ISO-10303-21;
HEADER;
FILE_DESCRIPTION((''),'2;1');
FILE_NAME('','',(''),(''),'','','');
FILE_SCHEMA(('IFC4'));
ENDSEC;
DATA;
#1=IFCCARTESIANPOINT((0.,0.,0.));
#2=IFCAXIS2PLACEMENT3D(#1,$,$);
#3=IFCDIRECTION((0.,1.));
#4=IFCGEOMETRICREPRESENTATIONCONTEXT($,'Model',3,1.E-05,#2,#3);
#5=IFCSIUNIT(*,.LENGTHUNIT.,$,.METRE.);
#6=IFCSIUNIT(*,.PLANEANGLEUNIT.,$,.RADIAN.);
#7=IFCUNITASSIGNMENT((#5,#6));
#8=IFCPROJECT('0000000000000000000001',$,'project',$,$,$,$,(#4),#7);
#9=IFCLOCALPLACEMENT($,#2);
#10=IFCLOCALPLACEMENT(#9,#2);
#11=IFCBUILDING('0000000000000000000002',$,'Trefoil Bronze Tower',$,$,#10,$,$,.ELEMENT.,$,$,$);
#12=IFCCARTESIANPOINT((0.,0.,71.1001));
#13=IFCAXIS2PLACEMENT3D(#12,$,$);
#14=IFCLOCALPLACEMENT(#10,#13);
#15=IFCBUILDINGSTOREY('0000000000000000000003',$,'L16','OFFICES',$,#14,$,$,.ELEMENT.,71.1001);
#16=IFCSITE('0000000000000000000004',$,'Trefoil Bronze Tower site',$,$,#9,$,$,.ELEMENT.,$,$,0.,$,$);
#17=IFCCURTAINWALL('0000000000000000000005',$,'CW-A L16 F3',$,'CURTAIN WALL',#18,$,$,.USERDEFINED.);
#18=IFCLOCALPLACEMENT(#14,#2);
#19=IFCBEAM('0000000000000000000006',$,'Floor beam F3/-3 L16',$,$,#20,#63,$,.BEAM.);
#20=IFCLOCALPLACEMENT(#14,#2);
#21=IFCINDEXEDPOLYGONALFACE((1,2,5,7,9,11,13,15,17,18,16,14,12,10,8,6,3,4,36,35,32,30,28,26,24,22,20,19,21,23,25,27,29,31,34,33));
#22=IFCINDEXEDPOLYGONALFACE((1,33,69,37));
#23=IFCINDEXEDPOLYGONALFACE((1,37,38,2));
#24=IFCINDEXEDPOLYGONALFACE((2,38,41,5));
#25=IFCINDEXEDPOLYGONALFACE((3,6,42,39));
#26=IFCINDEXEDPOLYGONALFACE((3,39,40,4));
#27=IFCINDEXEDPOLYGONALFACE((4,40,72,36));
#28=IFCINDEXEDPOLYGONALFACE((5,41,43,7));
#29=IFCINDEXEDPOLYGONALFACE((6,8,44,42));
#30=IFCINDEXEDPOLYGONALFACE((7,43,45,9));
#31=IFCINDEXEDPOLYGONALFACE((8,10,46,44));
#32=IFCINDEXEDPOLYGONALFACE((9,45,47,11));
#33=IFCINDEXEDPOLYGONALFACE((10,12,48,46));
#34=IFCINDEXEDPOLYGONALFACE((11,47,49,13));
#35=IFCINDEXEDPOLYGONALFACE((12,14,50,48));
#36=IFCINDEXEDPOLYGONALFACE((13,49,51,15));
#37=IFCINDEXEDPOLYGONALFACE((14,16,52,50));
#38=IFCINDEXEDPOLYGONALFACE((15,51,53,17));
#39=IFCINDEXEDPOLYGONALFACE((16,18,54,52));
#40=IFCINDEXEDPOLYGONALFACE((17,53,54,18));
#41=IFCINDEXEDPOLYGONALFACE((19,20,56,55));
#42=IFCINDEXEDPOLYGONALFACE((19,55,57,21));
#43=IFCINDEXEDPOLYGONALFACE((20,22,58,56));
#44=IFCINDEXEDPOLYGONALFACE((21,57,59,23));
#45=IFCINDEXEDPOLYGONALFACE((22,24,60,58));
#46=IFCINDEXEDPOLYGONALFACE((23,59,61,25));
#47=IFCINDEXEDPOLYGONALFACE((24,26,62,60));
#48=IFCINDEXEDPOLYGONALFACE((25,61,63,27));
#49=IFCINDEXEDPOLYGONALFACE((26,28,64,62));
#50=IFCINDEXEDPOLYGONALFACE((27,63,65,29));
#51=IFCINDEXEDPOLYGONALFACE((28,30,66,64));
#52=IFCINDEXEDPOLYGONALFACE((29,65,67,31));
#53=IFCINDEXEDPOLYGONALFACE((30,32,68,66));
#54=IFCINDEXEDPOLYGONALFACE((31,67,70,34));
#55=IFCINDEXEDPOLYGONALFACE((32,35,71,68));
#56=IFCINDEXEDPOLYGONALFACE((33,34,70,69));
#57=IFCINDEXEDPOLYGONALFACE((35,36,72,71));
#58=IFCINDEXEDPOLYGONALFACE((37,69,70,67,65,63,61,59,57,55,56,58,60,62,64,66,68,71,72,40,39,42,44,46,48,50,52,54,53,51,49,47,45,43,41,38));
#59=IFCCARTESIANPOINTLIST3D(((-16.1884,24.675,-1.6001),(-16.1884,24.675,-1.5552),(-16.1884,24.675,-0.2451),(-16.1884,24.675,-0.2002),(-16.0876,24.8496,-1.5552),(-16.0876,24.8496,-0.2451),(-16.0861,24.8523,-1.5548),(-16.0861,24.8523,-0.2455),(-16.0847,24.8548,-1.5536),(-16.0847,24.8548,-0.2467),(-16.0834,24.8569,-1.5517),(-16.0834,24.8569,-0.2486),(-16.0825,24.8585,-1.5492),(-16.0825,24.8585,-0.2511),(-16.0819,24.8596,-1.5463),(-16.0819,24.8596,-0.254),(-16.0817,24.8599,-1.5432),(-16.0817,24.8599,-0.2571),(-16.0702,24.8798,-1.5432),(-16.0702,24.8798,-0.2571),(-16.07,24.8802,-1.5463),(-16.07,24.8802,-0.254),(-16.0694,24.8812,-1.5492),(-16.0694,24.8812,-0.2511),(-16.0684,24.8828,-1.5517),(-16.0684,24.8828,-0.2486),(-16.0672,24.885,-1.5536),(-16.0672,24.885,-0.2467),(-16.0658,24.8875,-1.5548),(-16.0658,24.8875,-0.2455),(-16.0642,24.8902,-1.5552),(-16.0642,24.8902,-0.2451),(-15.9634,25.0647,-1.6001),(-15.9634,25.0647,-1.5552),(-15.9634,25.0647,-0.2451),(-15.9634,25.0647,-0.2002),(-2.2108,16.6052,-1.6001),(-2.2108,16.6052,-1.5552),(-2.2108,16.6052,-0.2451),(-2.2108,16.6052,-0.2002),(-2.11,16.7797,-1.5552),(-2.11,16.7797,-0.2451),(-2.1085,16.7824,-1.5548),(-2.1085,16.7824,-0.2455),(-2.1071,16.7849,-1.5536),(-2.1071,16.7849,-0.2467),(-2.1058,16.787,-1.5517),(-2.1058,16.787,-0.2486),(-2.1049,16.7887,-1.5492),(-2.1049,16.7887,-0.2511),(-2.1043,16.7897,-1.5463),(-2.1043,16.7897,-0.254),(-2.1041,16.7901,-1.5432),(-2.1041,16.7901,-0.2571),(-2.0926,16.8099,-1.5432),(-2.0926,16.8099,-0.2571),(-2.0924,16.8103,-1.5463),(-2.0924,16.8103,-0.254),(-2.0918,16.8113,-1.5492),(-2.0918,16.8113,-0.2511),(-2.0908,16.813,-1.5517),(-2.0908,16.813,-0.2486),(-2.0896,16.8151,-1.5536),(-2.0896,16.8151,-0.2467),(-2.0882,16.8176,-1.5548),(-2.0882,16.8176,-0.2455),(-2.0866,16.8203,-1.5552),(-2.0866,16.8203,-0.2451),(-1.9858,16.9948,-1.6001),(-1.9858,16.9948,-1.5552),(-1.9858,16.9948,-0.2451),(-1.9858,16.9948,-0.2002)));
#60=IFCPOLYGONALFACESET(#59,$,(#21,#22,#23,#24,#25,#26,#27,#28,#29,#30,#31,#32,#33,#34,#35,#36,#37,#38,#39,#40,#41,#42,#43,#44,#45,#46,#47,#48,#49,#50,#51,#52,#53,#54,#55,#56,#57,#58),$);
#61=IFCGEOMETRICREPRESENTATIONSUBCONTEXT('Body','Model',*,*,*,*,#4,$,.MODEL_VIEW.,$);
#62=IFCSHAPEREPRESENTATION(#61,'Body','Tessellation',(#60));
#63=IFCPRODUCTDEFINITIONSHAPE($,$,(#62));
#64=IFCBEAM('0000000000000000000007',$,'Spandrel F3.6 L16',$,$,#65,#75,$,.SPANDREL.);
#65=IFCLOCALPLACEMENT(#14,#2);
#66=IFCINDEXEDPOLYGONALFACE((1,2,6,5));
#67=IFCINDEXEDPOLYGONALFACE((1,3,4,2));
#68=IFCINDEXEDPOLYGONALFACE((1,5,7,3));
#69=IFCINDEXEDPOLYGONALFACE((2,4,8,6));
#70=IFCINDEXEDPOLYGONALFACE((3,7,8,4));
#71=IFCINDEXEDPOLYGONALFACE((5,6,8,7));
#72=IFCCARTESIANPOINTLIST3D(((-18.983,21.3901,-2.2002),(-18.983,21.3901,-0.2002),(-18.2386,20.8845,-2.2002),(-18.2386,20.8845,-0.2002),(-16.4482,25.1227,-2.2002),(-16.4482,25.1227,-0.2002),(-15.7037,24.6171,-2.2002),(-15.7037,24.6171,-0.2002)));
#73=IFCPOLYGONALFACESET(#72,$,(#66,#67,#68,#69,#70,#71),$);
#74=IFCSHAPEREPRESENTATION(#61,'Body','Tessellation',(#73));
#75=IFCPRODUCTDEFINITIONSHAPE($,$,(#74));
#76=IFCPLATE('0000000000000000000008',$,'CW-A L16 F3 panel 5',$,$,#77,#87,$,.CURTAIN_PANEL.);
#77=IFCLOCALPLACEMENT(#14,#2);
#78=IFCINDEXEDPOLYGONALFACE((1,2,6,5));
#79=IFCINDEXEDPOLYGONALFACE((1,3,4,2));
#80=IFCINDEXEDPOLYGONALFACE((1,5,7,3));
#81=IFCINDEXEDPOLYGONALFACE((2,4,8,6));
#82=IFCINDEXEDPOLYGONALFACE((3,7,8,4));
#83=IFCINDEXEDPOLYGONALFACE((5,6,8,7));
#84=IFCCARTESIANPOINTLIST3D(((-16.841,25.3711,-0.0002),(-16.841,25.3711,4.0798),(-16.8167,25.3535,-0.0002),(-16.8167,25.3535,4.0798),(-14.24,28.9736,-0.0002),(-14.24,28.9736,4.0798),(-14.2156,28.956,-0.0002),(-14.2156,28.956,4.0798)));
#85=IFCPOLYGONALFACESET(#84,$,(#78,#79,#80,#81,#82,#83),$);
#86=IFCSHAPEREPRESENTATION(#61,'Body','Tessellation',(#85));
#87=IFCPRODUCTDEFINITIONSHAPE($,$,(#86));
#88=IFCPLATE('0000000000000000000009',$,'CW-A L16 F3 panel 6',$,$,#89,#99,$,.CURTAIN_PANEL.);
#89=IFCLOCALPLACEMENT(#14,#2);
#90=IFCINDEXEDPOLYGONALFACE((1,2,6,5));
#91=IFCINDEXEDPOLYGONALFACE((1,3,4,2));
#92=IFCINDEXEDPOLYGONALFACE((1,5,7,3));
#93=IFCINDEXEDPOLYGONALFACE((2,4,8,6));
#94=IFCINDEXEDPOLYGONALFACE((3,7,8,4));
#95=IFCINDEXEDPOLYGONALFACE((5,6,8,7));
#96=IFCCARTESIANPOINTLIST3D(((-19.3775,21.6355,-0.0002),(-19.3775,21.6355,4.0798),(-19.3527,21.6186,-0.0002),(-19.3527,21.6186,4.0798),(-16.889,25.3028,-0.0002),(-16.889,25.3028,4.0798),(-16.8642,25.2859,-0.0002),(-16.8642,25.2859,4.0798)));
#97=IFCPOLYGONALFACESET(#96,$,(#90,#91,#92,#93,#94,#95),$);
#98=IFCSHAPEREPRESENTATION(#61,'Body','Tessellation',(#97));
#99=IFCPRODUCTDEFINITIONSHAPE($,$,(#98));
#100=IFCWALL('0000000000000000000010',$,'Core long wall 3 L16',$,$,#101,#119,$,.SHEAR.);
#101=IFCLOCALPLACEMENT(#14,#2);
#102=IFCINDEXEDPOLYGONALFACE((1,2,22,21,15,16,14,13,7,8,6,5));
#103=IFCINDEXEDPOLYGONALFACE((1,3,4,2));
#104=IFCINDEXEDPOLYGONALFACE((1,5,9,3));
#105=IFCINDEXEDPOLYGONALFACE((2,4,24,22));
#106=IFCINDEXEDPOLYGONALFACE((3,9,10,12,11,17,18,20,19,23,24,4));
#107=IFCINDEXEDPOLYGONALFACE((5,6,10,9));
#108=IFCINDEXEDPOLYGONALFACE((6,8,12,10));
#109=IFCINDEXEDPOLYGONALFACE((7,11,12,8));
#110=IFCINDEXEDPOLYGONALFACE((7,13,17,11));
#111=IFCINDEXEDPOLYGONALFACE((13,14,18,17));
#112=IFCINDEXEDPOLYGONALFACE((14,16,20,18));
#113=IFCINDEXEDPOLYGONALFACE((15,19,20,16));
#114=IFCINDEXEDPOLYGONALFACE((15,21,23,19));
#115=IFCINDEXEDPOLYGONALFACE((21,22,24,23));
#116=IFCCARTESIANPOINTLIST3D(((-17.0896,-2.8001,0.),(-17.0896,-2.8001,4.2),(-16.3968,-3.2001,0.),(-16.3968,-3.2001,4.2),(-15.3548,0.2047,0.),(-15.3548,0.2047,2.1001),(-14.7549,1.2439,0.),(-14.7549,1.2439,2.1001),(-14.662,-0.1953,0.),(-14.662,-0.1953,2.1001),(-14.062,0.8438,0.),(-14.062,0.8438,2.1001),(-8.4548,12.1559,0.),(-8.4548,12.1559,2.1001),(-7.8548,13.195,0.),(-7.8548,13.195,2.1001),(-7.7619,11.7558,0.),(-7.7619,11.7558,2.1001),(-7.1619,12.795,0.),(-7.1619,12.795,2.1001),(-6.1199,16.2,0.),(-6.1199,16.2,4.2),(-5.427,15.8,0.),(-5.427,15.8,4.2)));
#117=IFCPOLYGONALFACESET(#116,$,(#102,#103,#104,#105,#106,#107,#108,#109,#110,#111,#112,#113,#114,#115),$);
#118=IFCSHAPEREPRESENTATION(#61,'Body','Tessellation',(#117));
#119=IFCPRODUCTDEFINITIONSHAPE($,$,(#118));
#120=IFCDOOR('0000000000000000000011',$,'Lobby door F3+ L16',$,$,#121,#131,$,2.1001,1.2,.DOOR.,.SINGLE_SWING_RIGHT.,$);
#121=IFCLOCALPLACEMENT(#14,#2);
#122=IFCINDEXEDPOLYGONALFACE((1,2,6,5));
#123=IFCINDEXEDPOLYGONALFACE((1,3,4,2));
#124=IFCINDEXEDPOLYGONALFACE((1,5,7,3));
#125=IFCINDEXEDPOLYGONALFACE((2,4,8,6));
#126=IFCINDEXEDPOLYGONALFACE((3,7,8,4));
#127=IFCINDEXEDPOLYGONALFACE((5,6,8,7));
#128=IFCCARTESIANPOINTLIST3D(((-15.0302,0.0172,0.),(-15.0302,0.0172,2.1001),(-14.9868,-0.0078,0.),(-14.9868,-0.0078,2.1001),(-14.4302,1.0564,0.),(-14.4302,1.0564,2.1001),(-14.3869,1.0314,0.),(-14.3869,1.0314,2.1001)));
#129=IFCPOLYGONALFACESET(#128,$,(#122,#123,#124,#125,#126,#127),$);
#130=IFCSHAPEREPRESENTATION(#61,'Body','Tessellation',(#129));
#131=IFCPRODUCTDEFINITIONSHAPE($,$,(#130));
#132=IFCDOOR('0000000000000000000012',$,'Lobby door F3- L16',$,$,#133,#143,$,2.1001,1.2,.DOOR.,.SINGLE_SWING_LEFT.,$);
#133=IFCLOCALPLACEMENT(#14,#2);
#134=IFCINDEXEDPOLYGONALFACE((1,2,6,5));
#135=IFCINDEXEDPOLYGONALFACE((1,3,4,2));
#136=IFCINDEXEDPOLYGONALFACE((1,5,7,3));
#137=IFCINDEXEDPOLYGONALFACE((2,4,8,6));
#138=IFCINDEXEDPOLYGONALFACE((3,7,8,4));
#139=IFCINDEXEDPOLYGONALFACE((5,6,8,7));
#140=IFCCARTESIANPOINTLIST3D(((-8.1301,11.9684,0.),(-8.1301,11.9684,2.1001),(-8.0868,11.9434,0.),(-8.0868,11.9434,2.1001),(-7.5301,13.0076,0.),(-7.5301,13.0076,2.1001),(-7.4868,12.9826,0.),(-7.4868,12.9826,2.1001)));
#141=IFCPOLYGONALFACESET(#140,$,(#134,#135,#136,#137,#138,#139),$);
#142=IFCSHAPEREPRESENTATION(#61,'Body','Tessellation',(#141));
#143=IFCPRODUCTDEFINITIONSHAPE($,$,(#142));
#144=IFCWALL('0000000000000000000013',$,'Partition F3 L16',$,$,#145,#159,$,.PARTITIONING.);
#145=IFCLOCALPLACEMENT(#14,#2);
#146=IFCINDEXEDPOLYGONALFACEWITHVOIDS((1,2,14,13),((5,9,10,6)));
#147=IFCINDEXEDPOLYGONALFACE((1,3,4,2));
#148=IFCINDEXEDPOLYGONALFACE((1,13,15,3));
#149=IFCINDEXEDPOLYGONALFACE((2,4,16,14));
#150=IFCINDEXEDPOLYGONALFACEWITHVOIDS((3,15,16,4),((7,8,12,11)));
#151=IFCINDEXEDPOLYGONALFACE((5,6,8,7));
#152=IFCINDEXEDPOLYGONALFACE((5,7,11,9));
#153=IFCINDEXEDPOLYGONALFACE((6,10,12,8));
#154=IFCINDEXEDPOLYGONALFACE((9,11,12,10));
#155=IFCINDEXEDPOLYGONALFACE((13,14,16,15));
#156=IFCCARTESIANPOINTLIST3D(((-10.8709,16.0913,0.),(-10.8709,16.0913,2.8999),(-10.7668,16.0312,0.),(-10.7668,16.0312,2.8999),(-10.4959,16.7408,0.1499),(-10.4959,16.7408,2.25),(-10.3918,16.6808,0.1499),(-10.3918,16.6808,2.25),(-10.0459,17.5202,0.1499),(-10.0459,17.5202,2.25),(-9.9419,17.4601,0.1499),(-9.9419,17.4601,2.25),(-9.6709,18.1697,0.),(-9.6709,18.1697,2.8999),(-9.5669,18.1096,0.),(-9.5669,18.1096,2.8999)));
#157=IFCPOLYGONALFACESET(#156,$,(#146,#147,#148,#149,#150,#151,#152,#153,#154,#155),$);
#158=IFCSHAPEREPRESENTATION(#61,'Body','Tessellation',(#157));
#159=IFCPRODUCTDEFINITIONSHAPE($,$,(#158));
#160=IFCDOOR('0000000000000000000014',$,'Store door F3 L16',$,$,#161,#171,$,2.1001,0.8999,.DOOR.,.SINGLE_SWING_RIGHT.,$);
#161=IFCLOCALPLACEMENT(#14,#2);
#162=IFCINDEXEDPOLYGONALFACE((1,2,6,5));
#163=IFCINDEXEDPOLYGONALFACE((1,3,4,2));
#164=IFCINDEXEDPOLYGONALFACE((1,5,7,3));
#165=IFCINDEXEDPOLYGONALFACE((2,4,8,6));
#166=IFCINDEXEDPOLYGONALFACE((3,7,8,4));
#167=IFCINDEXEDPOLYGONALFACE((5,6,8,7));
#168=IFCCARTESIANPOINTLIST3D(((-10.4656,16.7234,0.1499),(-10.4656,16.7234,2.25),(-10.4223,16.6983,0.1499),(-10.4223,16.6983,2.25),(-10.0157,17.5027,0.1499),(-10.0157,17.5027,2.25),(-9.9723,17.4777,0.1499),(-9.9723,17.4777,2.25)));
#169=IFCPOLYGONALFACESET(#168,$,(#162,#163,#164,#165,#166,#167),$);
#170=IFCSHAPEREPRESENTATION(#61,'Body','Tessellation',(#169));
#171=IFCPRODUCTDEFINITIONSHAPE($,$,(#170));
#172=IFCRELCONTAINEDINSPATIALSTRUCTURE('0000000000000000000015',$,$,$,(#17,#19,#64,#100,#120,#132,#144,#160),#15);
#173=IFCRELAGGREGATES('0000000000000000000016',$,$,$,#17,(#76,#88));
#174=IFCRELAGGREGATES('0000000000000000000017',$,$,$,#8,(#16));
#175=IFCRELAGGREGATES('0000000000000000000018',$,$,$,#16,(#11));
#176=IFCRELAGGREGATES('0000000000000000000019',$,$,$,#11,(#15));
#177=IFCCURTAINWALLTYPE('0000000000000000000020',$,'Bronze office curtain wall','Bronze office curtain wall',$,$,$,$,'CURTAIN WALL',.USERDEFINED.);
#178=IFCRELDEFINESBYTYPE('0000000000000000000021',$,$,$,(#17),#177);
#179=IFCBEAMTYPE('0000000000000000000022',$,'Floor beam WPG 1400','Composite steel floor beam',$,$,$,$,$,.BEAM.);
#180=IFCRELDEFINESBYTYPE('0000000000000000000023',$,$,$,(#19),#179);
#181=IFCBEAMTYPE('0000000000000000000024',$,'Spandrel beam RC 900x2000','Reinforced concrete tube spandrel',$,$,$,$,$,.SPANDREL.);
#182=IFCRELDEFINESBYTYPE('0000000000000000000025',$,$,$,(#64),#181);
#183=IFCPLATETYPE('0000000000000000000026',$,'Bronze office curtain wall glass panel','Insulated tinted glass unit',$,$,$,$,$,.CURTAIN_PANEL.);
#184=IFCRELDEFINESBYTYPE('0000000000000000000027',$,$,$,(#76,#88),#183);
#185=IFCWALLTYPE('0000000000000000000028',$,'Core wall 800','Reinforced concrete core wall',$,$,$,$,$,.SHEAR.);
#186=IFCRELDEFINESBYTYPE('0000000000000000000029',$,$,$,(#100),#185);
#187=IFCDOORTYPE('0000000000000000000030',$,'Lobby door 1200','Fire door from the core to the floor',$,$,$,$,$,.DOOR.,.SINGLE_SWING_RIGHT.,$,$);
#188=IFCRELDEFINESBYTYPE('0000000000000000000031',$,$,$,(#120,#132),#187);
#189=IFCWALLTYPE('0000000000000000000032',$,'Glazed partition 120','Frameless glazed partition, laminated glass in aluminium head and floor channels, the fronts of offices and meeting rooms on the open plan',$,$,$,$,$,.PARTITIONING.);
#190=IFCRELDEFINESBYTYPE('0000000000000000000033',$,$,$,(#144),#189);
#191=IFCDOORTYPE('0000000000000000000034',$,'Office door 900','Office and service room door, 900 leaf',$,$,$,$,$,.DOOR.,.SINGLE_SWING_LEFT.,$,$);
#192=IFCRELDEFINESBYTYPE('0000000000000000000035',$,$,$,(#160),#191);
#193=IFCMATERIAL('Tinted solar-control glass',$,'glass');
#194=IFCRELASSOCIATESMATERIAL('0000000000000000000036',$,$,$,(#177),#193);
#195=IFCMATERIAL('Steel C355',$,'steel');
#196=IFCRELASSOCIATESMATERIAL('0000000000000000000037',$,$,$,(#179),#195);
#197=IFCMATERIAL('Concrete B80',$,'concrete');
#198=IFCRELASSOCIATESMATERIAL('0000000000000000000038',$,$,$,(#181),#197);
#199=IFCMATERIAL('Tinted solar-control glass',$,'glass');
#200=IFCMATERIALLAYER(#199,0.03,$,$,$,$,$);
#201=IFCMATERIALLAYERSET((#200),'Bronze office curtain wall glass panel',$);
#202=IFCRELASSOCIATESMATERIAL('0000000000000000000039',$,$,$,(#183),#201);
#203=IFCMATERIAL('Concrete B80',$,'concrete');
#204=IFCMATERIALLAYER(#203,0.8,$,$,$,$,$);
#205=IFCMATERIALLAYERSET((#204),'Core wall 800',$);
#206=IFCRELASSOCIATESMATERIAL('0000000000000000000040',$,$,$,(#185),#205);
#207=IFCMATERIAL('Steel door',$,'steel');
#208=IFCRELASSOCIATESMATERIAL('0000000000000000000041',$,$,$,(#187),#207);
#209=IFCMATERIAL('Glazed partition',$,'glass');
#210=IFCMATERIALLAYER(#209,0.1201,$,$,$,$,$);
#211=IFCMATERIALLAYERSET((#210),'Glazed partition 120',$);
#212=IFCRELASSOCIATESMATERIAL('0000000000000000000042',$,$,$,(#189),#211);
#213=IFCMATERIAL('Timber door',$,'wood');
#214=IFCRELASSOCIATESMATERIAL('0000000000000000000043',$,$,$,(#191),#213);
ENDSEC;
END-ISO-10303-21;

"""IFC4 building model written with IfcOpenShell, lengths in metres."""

from ifc_helpers import new_model, si_unit, direction, frame, frame_2d, origin, origin_2d, place, context, subcontext, project, spatial, rectangle, i_section, extrude, material, layer, layer_set, material_profile, profile_set, type_object, element, fill, aggregate, save


model = new_model("IFC4")

# Units and contexts
model_context = context("Model", 3, precision=1e-05, world=origin(), true_north=direction((0.0, 1.0)))
body_context = subcontext(model_context, "Body", "Model", "MODEL_VIEW")
ifc_project = project(units=[si_unit("LENGTHUNIT", "METRE"), si_unit("PLANEANGLEUNIT", "RADIAN")], contexts=[model_context])

# Site, building, storey
site_placement = place(None, origin())
site = spatial("IfcSite", under=ifc_project, at=site_placement, Name="Trefoil Bronze Tower site", CompositionType="ELEMENT", RefElevation=0.0)
building_placement = place(site_placement, origin())
building = spatial("IfcBuilding", under=site, at=building_placement, Name="Trefoil Bronze Tower", CompositionType="ELEMENT")
storey_placement = place(building_placement, frame((0.0, 0.0, 71.1001)))
storey = spatial("IfcBuildingStorey", under=building, at=storey_placement, Name="L16", Description="OFFICES", CompositionType="ELEMENT", Elevation=71.1001)

# Curtain wall
ifc_material_1 = material(Name="Tinted solar-control glass", Category="glass")
curtain_wall_type = type_object("IfcCurtainWallType", Name="Bronze office curtain wall", Description="Bronze office curtain wall", ElementType="CURTAIN WALL", PredefinedType="USERDEFINED", material=ifc_material_1)
curtain_wall_placement = place(storey_placement, origin())
curtain_wall = element("IfcCurtainWall", 1, at=curtain_wall_placement, inside=storey, type_object=curtain_wall_type, Name="CW-A L16 F3", ObjectType="CURTAIN WALL", PredefinedType="USERDEFINED")

# Beams
ifc_material_2 = material(Name="Steel C355", Category="steel")
ifc_material_profile_1 = material_profile(ifc_material_2, i_section(OverallWidth=0.45, OverallDepth=1.3999, WebThickness=0.0229, FlangeThickness=0.0449, FilletRadius=0.012, at=origin_2d()), Name="WPG 1400")
ifc_profile_set_1 = profile_set([ifc_material_profile_1], Name="Steel C355")
beam_type_1 = type_object("IfcBeamType", Name="Floor beam WPG 1400", Description="Composite steel floor beam", PredefinedType="BEAM", material=ifc_profile_set_1)
beam_1_placement = place(storey_placement, frame((-16.0759, 24.8699, -0.9001), z_axis=(0.866028, -0.499995, 0.0), x_axis=(0.499995, 0.866028, 0.0)))
element("IfcBeam", 2, at=beam_1_placement, inside=storey, type_object=beam_type_1, Name="Floor beam F3/-3 L16", PredefinedType="BEAM", context=body_context, shape_type="SweptSolid", body=[
    extrude(i_section(OverallWidth=0.45, OverallDepth=1.3999, WebThickness=0.0229, FlangeThickness=0.0449, FilletRadius=0.012, at=origin_2d()), origin(), (0.0, 0.0, 1.0), 16.1399),
])
ifc_material_3 = material(Name="Concrete B80", Category="concrete")
ifc_material_profile_2 = material_profile(ifc_material_3, rectangle(XDim=0.8999, YDim=2.0, at=origin_2d()), Name="RC 900x2000")
ifc_profile_set_2 = profile_set([ifc_material_profile_2], Name="Concrete B80")
beam_type_2 = type_object("IfcBeamType", Name="Spandrel beam RC 900x2000", Description="Reinforced concrete tube spandrel", PredefinedType="SPANDREL", material=ifc_profile_set_2)
beam_2_placement = place(storey_placement, frame((-16.0759, 24.8699, -1.2002), z_axis=(-0.56181, -0.827267, 0.0), x_axis=(0.827267, -0.56181, 0.0)))
element("IfcBeam", 3, at=beam_2_placement, inside=storey, type_object=beam_type_2, Name="Spandrel F3.6 L16", PredefinedType="SPANDREL", context=body_context, shape_type="SweptSolid", body=[
    extrude(rectangle(XDim=0.8999, YDim=2.0, at=origin_2d()), origin(), (0.0, 0.0, 1.0), 4.512),
])

# Plates
ifc_material_4 = material(Name="Tinted solar-control glass", Category="glass")
ifc_layer_1 = layer(ifc_material_4, 0.03)
ifc_layer_set_1 = layer_set([ifc_layer_1], Name="Bronze office curtain wall glass panel")
plate_type = type_object("IfcPlateType", Name="Bronze office curtain wall glass panel", Description="Insulated tinted glass unit", PredefinedType="CURTAIN_PANEL", material=ifc_layer_set_1)
plate_1_placement = place(storey_placement, frame((-15.5283, 27.1636, -0.0002), z_axis=(0.0, 0.0, 1.0), x_axis=(-0.585373, -0.810764, 0.0)))
plate_1 = element("IfcPlate", 4, at=plate_1_placement, type_object=plate_type, Name="CW-A L16 F3 panel 5", PredefinedType="CURTAIN_PANEL", context=body_context, shape_type="SweptSolid", body=[
    extrude(rectangle(XDim=4.4434, YDim=0.03, at=origin_2d()), origin(), (0.0, 0.0, 1.0), 4.0801),
])
plate_2_placement = place(storey_placement, frame((-18.1208, 23.4607, -0.0002), z_axis=(0.0, 0.0, 1.0), x_axis=(-0.56151, -0.82747, 0.0)))
plate_2 = element("IfcPlate", 5, at=plate_2_placement, type_object=plate_type, Name="CW-A L16 F3 panel 6", PredefinedType="CURTAIN_PANEL", context=body_context, shape_type="SweptSolid", body=[
    extrude(rectangle(XDim=4.4319, YDim=0.03, at=origin_2d()), origin(), (0.0, 0.0, 1.0), 4.0801),
])
aggregate(curtain_wall, [plate_1, plate_2])

# Wall, openings, doors
ifc_material_5 = material(Name="Concrete B80", Category="concrete")
ifc_layer_2 = layer(ifc_material_5, 0.8)
ifc_layer_set_2 = layer_set([ifc_layer_2], Name="Core wall 800")
wall_type_1 = type_object("IfcWallType", Name="Core wall 800", Description="Reinforced concrete core wall", PredefinedType="SHEAR", material=ifc_layer_set_2)
wall_1_placement = place(storey_placement, frame((-5.7734, 16.0, 0.0), z_axis=(0.0, 0.0, 1.0), x_axis=(-0.500002, -0.866024, 0.0)))
wall_1 = element("IfcWall", 6, at=wall_1_placement, inside=storey, type_object=wall_type_1, Name="Core long wall 3 L16", PredefinedType="SHEAR", context=body_context, shape_type="SweptSolid", body=[
    extrude(rectangle(XDim=21.9395, YDim=0.8, at=frame_2d((10.9697, 0.0))), origin(), (0.0, 0.0, 1.0), 4.2),
])
opening_1_placement = place(wall_1_placement, frame((17.2698, 0.0, 0.0)))
opening_1 = element("IfcOpeningElement", 7, at=opening_1_placement, cuts=wall_1, PredefinedType="OPENING", context=body_context, shape_type="SweptSolid", body=[
    extrude(rectangle(XDim=1.2, YDim=2.1001, at=frame_2d((0.6001, 1.05))), frame((0.0, 0.4099, 0.0), z_axis=(0.0, -1.0, 0.0), x_axis=(1.0, 0.0, 0.0)), (0.0, 0.0, 1.0), 0.8201),
])
opening_2_placement = place(wall_1_placement, frame((3.4697, 0.0, 0.0)))
opening_2 = element("IfcOpeningElement", 8, at=opening_2_placement, cuts=wall_1, PredefinedType="OPENING", context=body_context, shape_type="SweptSolid", body=[
    extrude(rectangle(XDim=1.2, YDim=2.1001, at=frame_2d((0.6001, 1.05))), frame((0.0, 0.4099, 0.0), z_axis=(0.0, -1.0, 0.0), x_axis=(1.0, 0.0, 0.0)), (0.0, 0.0, 1.0), 0.8201),
])
ifc_material_6 = material(Name="Steel door", Category="steel")
door_type_1 = type_object("IfcDoorType", Name="Lobby door 1200", Description="Fire door from the core to the floor", OperationType="SINGLE_SWING_RIGHT", PredefinedType="DOOR", material=ifc_material_6)
door_1_placement = place(opening_1_placement, origin())
door_1 = element("IfcDoor", 9, at=door_1_placement, inside=storey, type_object=door_type_1, Name="Lobby door F3+ L16", OperationType="SINGLE_SWING_RIGHT", OverallHeight=2.1001, OverallWidth=1.2, PredefinedType="DOOR", context=body_context, shape_type="SweptSolid", body=[
    extrude(rectangle(XDim=1.2, YDim=2.1001, at=frame_2d((0.6001, 1.05))), frame((0.0, 0.0249, 0.0), z_axis=(0.0, -1.0, 0.0), x_axis=(1.0, 0.0, 0.0)), (0.0, 0.0, 1.0), 0.05),
])
fill(opening_1, door_1)
door_2_placement = place(opening_2_placement, origin())
door_2 = element("IfcDoor", 10, at=door_2_placement, inside=storey, type_object=door_type_1, Name="Lobby door F3- L16", OperationType="SINGLE_SWING_LEFT", OverallHeight=2.1001, OverallWidth=1.2, PredefinedType="DOOR", context=body_context, shape_type="SweptSolid", body=[
    extrude(rectangle(XDim=1.2, YDim=2.1001, at=frame_2d((0.6001, 1.05))), frame((0.0, 0.0249, 0.0), z_axis=(0.0, -1.0, 0.0), x_axis=(1.0, 0.0, 0.0)), (0.0, 0.0, 1.0), 0.05),
])
fill(opening_2, door_2)

# Wall, opening, door
ifc_material_7 = material(Name="Glazed partition", Category="glass")
ifc_layer_3 = layer(ifc_material_7, 0.1201)
ifc_layer_set_3 = layer_set([ifc_layer_3], Name="Glazed partition 120")
wall_type_2 = type_object("IfcWallType", Name="Glazed partition 120", Description="Frameless glazed partition, laminated glass in aluminium head and floor channels, the fronts of offices and meeting rooms on the open plan", PredefinedType="PARTITIONING", material=ifc_layer_set_3)
wall_2_placement = place(storey_placement, frame((-9.6189, 18.1396, 0.0), z_axis=(0.0, 0.0, 1.0), x_axis=(-0.500001, -0.866025, 0.0)))
wall_2 = element("IfcWall", 11, at=wall_2_placement, inside=storey, type_object=wall_type_2, Name="Partition F3 L16", PredefinedType="PARTITIONING", context=body_context, shape_type="SweptSolid", body=[
    extrude(rectangle(XDim=2.3999, YDim=0.1201, at=frame_2d((1.2, 0.0))), origin(), (0.0, 0.0, 1.0), 2.8999),
])
opening_3_placement = place(wall_2_placement, frame((0.75, 0.0, 0.1499)))
opening_3 = element("IfcOpeningElement", 12, at=opening_3_placement, cuts=wall_2, PredefinedType="OPENING", context=body_context, shape_type="SweptSolid", body=[
    extrude(rectangle(XDim=0.8999, YDim=2.1001, at=frame_2d((0.45, 1.05))), frame((0.0, 0.0701, 0.0), z_axis=(0.0, -1.0, 0.0), x_axis=(1.0, 0.0, 0.0)), (0.0, 0.0, 1.0), 0.1401),
])
ifc_material_8 = material(Name="Timber door", Category="wood")
door_type_2 = type_object("IfcDoorType", Name="Office door 900", Description="Office and service room door, 900 leaf", OperationType="SINGLE_SWING_LEFT", PredefinedType="DOOR", material=ifc_material_8)
door_3_placement = place(opening_3_placement, origin())
door_3 = element("IfcDoor", 13, at=door_3_placement, inside=storey, type_object=door_type_2, Name="Store door F3 L16", OperationType="SINGLE_SWING_RIGHT", OverallHeight=2.1001, OverallWidth=0.8999, PredefinedType="DOOR", context=body_context, shape_type="SweptSolid", body=[
    extrude(rectangle(XDim=0.8999, YDim=2.1001, at=frame_2d((0.45, 1.05))), frame((0.0, 0.0249, 0.0), z_axis=(0.0, -1.0, 0.0), x_axis=(1.0, 0.0, 0.0)), (0.0, 0.0, 1.0), 0.05),
])
fill(opening_3, door_3)

save(model, "model.ifc")
